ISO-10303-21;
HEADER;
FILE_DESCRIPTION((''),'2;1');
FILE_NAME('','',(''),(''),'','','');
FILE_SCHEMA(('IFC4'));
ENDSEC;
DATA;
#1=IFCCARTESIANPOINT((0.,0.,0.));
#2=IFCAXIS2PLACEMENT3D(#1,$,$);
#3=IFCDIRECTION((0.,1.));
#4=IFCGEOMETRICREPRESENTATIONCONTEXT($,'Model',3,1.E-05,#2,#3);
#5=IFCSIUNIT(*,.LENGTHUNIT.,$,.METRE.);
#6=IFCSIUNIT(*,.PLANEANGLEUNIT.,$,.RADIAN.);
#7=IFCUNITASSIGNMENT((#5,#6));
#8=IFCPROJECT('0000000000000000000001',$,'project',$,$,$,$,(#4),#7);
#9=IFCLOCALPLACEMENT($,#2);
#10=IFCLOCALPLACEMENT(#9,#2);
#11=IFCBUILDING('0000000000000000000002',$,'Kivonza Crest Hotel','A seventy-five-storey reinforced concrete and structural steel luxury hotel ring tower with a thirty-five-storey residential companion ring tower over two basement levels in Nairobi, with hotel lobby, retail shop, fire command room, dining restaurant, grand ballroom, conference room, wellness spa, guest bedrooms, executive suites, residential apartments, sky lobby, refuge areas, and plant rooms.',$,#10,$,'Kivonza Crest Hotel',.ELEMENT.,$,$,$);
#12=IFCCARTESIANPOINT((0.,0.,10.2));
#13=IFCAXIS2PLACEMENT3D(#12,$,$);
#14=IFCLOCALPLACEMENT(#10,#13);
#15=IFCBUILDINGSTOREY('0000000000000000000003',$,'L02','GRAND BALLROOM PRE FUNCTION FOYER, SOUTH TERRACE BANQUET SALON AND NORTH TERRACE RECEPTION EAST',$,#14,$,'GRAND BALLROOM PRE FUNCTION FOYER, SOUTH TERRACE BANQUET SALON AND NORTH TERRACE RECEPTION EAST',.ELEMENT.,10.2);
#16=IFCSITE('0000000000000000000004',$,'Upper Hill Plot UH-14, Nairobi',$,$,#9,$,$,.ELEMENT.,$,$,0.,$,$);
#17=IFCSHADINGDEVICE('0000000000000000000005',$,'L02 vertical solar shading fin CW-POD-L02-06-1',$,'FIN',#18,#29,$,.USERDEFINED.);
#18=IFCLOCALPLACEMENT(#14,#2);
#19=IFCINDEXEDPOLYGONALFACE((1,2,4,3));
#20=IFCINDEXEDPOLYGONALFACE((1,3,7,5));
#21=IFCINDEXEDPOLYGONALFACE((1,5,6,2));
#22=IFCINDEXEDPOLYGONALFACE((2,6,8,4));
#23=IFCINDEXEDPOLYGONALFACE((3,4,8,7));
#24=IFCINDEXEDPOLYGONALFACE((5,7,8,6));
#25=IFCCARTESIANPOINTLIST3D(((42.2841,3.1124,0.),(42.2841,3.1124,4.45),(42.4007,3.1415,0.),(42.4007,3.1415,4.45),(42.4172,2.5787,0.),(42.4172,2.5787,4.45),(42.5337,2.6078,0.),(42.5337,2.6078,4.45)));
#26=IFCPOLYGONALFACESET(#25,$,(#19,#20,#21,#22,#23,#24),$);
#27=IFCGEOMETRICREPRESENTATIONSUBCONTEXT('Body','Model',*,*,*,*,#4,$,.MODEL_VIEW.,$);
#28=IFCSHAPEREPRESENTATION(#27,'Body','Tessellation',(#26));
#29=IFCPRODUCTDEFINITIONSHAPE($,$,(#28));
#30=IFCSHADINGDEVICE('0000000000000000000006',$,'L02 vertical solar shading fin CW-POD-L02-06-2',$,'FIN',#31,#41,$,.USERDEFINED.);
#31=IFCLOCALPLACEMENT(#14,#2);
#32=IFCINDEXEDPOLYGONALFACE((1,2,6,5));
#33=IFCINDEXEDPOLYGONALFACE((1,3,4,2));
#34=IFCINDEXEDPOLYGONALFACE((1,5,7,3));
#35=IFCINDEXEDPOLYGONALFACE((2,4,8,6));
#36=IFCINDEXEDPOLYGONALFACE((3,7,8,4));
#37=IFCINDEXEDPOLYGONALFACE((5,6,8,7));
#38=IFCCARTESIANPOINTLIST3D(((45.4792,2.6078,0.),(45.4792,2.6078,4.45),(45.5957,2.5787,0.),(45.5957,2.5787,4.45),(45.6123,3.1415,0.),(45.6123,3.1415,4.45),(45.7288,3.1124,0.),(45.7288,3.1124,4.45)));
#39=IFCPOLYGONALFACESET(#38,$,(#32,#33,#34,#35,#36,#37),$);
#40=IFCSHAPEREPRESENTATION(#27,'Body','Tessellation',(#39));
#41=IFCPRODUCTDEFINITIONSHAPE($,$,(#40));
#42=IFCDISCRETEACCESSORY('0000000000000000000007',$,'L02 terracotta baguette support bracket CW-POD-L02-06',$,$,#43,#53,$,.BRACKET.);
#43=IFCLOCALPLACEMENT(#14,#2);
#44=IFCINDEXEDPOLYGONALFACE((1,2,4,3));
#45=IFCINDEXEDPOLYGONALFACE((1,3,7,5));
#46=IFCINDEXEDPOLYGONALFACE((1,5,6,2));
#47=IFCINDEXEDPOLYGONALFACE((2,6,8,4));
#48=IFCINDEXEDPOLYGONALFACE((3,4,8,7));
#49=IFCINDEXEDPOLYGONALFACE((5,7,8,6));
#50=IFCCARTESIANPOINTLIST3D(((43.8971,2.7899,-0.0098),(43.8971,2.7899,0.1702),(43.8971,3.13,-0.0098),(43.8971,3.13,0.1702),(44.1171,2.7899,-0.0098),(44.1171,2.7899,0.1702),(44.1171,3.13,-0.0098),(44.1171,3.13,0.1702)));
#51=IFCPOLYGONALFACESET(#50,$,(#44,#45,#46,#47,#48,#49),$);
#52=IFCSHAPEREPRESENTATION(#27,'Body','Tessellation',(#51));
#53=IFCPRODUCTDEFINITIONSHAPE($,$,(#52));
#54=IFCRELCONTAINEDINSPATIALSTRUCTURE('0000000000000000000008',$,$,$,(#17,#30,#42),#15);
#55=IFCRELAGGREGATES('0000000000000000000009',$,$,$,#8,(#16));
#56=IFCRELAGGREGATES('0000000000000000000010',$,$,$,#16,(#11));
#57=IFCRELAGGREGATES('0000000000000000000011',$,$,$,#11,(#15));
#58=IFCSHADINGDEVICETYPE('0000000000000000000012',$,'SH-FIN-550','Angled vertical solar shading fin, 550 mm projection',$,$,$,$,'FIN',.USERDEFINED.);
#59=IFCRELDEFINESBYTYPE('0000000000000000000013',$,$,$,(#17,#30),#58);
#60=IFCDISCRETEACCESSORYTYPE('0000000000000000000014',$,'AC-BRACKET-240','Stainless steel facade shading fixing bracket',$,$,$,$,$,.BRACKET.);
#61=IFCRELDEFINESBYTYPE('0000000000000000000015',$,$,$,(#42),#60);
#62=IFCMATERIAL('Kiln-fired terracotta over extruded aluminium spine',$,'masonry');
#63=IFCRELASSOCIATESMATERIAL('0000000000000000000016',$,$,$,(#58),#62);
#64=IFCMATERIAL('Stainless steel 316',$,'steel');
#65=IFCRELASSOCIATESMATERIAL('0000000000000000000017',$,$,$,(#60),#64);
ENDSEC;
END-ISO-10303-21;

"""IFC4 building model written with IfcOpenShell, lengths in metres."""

from ifc_helpers import new_model, si_unit, direction, frame, origin, origin_2d, place, context, subcontext, project, spatial, rectangle, extrude, material, type_object, element, save


model = new_model("IFC4")

# Units and contexts
model_context = context("Model", 3, precision=1e-05, world=origin(), true_north=direction((0.0, 1.0)))
body_context = subcontext(model_context, "Body", "Model", "MODEL_VIEW")
ifc_project = project(units=[si_unit("LENGTHUNIT", "METRE"), si_unit("PLANEANGLEUNIT", "RADIAN")], contexts=[model_context])

# Site, building, storey
site_placement = place(None, origin())
site = spatial("IfcSite", under=ifc_project, at=site_placement, Name="Upper Hill Plot UH-14, Nairobi", CompositionType="ELEMENT", RefElevation=0.0)
building_placement = place(site_placement, origin())
building = spatial("IfcBuilding", under=site, at=building_placement, Name="Kivonza Crest Hotel", Description="A seventy-five-storey reinforced concrete and structural steel luxury hotel ring tower with a thirty-five-storey residential companion ring tower over two basement levels in Nairobi, with hotel lobby, retail shop, fire command room, dining restaurant, grand ballroom, conference room, wellness spa, guest bedrooms, executive suites, residential apartments, sky lobby, refuge areas, and plant rooms.", LongName="Kivonza Crest Hotel", CompositionType="ELEMENT")
storey_placement = place(building_placement, frame((0.0, 0.0, 10.2)))
storey = spatial("IfcBuildingStorey", under=building, at=storey_placement, Name="L02", Description="GRAND BALLROOM PRE FUNCTION FOYER, SOUTH TERRACE BANQUET SALON AND NORTH TERRACE RECEPTION EAST", LongName="GRAND BALLROOM PRE FUNCTION FOYER, SOUTH TERRACE BANQUET SALON AND NORTH TERRACE RECEPTION EAST", CompositionType="ELEMENT", Elevation=10.2)

# Shading devices
ifc_material_1 = material(Name="Kiln-fired terracotta over extruded aluminium spine", Category="masonry")
shading_device_type_1 = type_object("IfcShadingDeviceType", Name="SH-FIN-550", Description="Angled vertical solar shading fin, 550 mm projection", ElementType="FIN", PredefinedType="USERDEFINED", material=ifc_material_1)
for number, where, z_axis, x_axis, name in (
    (1, (42.4089, 2.8601, 0.0), (0.0, 0.0, 1.0), (0.970296, 0.241922, 0.0), "L02 vertical solar shading fin CW-POD-L02-06-1"),
    (2, (45.604, 2.8601, 0.0), (0.0, 0.0, 1.0), (0.970296, -0.241922, 0.0), "L02 vertical solar shading fin CW-POD-L02-06-2"),
):
    element("IfcShadingDevice", number, at=place(storey_placement, frame(where, z_axis=z_axis, x_axis=x_axis)), inside=storey, type_object=shading_device_type_1, Name=name, ObjectType="FIN", PredefinedType="USERDEFINED", context=body_context, shape_type="SweptSolid", body=[
        extrude(rectangle(XDim=0.1201, YDim=0.55, at=origin_2d()), origin(), (0.0, 0.0, 1.0), 4.45),
    ])

# Discrete accessory
ifc_material_2 = material(Name="Stainless steel 316", Category="steel")
discrete_accessory_type = type_object("IfcDiscreteAccessoryType", Name="AC-BRACKET-240", Description="Stainless steel facade shading fixing bracket", PredefinedType="BRACKET", material=ifc_material_2)
discrete_accessory_placement = place(storey_placement, frame((44.0071, 2.96, -0.0098), z_axis=(0.0, 0.0, 1.0), x_axis=(1.0, 0.0, 0.0)))
element("IfcDiscreteAccessory", 3, at=discrete_accessory_placement, inside=storey, type_object=discrete_accessory_type, Name="L02 terracotta baguette support bracket CW-POD-L02-06", PredefinedType="BRACKET", context=body_context, shape_type="SweptSolid", body=[
    extrude(rectangle(XDim=0.22, YDim=0.3401, at=origin_2d()), origin(), (0.0, 0.0, 1.0), 0.1799),
])

save(model, "model.ifc")
